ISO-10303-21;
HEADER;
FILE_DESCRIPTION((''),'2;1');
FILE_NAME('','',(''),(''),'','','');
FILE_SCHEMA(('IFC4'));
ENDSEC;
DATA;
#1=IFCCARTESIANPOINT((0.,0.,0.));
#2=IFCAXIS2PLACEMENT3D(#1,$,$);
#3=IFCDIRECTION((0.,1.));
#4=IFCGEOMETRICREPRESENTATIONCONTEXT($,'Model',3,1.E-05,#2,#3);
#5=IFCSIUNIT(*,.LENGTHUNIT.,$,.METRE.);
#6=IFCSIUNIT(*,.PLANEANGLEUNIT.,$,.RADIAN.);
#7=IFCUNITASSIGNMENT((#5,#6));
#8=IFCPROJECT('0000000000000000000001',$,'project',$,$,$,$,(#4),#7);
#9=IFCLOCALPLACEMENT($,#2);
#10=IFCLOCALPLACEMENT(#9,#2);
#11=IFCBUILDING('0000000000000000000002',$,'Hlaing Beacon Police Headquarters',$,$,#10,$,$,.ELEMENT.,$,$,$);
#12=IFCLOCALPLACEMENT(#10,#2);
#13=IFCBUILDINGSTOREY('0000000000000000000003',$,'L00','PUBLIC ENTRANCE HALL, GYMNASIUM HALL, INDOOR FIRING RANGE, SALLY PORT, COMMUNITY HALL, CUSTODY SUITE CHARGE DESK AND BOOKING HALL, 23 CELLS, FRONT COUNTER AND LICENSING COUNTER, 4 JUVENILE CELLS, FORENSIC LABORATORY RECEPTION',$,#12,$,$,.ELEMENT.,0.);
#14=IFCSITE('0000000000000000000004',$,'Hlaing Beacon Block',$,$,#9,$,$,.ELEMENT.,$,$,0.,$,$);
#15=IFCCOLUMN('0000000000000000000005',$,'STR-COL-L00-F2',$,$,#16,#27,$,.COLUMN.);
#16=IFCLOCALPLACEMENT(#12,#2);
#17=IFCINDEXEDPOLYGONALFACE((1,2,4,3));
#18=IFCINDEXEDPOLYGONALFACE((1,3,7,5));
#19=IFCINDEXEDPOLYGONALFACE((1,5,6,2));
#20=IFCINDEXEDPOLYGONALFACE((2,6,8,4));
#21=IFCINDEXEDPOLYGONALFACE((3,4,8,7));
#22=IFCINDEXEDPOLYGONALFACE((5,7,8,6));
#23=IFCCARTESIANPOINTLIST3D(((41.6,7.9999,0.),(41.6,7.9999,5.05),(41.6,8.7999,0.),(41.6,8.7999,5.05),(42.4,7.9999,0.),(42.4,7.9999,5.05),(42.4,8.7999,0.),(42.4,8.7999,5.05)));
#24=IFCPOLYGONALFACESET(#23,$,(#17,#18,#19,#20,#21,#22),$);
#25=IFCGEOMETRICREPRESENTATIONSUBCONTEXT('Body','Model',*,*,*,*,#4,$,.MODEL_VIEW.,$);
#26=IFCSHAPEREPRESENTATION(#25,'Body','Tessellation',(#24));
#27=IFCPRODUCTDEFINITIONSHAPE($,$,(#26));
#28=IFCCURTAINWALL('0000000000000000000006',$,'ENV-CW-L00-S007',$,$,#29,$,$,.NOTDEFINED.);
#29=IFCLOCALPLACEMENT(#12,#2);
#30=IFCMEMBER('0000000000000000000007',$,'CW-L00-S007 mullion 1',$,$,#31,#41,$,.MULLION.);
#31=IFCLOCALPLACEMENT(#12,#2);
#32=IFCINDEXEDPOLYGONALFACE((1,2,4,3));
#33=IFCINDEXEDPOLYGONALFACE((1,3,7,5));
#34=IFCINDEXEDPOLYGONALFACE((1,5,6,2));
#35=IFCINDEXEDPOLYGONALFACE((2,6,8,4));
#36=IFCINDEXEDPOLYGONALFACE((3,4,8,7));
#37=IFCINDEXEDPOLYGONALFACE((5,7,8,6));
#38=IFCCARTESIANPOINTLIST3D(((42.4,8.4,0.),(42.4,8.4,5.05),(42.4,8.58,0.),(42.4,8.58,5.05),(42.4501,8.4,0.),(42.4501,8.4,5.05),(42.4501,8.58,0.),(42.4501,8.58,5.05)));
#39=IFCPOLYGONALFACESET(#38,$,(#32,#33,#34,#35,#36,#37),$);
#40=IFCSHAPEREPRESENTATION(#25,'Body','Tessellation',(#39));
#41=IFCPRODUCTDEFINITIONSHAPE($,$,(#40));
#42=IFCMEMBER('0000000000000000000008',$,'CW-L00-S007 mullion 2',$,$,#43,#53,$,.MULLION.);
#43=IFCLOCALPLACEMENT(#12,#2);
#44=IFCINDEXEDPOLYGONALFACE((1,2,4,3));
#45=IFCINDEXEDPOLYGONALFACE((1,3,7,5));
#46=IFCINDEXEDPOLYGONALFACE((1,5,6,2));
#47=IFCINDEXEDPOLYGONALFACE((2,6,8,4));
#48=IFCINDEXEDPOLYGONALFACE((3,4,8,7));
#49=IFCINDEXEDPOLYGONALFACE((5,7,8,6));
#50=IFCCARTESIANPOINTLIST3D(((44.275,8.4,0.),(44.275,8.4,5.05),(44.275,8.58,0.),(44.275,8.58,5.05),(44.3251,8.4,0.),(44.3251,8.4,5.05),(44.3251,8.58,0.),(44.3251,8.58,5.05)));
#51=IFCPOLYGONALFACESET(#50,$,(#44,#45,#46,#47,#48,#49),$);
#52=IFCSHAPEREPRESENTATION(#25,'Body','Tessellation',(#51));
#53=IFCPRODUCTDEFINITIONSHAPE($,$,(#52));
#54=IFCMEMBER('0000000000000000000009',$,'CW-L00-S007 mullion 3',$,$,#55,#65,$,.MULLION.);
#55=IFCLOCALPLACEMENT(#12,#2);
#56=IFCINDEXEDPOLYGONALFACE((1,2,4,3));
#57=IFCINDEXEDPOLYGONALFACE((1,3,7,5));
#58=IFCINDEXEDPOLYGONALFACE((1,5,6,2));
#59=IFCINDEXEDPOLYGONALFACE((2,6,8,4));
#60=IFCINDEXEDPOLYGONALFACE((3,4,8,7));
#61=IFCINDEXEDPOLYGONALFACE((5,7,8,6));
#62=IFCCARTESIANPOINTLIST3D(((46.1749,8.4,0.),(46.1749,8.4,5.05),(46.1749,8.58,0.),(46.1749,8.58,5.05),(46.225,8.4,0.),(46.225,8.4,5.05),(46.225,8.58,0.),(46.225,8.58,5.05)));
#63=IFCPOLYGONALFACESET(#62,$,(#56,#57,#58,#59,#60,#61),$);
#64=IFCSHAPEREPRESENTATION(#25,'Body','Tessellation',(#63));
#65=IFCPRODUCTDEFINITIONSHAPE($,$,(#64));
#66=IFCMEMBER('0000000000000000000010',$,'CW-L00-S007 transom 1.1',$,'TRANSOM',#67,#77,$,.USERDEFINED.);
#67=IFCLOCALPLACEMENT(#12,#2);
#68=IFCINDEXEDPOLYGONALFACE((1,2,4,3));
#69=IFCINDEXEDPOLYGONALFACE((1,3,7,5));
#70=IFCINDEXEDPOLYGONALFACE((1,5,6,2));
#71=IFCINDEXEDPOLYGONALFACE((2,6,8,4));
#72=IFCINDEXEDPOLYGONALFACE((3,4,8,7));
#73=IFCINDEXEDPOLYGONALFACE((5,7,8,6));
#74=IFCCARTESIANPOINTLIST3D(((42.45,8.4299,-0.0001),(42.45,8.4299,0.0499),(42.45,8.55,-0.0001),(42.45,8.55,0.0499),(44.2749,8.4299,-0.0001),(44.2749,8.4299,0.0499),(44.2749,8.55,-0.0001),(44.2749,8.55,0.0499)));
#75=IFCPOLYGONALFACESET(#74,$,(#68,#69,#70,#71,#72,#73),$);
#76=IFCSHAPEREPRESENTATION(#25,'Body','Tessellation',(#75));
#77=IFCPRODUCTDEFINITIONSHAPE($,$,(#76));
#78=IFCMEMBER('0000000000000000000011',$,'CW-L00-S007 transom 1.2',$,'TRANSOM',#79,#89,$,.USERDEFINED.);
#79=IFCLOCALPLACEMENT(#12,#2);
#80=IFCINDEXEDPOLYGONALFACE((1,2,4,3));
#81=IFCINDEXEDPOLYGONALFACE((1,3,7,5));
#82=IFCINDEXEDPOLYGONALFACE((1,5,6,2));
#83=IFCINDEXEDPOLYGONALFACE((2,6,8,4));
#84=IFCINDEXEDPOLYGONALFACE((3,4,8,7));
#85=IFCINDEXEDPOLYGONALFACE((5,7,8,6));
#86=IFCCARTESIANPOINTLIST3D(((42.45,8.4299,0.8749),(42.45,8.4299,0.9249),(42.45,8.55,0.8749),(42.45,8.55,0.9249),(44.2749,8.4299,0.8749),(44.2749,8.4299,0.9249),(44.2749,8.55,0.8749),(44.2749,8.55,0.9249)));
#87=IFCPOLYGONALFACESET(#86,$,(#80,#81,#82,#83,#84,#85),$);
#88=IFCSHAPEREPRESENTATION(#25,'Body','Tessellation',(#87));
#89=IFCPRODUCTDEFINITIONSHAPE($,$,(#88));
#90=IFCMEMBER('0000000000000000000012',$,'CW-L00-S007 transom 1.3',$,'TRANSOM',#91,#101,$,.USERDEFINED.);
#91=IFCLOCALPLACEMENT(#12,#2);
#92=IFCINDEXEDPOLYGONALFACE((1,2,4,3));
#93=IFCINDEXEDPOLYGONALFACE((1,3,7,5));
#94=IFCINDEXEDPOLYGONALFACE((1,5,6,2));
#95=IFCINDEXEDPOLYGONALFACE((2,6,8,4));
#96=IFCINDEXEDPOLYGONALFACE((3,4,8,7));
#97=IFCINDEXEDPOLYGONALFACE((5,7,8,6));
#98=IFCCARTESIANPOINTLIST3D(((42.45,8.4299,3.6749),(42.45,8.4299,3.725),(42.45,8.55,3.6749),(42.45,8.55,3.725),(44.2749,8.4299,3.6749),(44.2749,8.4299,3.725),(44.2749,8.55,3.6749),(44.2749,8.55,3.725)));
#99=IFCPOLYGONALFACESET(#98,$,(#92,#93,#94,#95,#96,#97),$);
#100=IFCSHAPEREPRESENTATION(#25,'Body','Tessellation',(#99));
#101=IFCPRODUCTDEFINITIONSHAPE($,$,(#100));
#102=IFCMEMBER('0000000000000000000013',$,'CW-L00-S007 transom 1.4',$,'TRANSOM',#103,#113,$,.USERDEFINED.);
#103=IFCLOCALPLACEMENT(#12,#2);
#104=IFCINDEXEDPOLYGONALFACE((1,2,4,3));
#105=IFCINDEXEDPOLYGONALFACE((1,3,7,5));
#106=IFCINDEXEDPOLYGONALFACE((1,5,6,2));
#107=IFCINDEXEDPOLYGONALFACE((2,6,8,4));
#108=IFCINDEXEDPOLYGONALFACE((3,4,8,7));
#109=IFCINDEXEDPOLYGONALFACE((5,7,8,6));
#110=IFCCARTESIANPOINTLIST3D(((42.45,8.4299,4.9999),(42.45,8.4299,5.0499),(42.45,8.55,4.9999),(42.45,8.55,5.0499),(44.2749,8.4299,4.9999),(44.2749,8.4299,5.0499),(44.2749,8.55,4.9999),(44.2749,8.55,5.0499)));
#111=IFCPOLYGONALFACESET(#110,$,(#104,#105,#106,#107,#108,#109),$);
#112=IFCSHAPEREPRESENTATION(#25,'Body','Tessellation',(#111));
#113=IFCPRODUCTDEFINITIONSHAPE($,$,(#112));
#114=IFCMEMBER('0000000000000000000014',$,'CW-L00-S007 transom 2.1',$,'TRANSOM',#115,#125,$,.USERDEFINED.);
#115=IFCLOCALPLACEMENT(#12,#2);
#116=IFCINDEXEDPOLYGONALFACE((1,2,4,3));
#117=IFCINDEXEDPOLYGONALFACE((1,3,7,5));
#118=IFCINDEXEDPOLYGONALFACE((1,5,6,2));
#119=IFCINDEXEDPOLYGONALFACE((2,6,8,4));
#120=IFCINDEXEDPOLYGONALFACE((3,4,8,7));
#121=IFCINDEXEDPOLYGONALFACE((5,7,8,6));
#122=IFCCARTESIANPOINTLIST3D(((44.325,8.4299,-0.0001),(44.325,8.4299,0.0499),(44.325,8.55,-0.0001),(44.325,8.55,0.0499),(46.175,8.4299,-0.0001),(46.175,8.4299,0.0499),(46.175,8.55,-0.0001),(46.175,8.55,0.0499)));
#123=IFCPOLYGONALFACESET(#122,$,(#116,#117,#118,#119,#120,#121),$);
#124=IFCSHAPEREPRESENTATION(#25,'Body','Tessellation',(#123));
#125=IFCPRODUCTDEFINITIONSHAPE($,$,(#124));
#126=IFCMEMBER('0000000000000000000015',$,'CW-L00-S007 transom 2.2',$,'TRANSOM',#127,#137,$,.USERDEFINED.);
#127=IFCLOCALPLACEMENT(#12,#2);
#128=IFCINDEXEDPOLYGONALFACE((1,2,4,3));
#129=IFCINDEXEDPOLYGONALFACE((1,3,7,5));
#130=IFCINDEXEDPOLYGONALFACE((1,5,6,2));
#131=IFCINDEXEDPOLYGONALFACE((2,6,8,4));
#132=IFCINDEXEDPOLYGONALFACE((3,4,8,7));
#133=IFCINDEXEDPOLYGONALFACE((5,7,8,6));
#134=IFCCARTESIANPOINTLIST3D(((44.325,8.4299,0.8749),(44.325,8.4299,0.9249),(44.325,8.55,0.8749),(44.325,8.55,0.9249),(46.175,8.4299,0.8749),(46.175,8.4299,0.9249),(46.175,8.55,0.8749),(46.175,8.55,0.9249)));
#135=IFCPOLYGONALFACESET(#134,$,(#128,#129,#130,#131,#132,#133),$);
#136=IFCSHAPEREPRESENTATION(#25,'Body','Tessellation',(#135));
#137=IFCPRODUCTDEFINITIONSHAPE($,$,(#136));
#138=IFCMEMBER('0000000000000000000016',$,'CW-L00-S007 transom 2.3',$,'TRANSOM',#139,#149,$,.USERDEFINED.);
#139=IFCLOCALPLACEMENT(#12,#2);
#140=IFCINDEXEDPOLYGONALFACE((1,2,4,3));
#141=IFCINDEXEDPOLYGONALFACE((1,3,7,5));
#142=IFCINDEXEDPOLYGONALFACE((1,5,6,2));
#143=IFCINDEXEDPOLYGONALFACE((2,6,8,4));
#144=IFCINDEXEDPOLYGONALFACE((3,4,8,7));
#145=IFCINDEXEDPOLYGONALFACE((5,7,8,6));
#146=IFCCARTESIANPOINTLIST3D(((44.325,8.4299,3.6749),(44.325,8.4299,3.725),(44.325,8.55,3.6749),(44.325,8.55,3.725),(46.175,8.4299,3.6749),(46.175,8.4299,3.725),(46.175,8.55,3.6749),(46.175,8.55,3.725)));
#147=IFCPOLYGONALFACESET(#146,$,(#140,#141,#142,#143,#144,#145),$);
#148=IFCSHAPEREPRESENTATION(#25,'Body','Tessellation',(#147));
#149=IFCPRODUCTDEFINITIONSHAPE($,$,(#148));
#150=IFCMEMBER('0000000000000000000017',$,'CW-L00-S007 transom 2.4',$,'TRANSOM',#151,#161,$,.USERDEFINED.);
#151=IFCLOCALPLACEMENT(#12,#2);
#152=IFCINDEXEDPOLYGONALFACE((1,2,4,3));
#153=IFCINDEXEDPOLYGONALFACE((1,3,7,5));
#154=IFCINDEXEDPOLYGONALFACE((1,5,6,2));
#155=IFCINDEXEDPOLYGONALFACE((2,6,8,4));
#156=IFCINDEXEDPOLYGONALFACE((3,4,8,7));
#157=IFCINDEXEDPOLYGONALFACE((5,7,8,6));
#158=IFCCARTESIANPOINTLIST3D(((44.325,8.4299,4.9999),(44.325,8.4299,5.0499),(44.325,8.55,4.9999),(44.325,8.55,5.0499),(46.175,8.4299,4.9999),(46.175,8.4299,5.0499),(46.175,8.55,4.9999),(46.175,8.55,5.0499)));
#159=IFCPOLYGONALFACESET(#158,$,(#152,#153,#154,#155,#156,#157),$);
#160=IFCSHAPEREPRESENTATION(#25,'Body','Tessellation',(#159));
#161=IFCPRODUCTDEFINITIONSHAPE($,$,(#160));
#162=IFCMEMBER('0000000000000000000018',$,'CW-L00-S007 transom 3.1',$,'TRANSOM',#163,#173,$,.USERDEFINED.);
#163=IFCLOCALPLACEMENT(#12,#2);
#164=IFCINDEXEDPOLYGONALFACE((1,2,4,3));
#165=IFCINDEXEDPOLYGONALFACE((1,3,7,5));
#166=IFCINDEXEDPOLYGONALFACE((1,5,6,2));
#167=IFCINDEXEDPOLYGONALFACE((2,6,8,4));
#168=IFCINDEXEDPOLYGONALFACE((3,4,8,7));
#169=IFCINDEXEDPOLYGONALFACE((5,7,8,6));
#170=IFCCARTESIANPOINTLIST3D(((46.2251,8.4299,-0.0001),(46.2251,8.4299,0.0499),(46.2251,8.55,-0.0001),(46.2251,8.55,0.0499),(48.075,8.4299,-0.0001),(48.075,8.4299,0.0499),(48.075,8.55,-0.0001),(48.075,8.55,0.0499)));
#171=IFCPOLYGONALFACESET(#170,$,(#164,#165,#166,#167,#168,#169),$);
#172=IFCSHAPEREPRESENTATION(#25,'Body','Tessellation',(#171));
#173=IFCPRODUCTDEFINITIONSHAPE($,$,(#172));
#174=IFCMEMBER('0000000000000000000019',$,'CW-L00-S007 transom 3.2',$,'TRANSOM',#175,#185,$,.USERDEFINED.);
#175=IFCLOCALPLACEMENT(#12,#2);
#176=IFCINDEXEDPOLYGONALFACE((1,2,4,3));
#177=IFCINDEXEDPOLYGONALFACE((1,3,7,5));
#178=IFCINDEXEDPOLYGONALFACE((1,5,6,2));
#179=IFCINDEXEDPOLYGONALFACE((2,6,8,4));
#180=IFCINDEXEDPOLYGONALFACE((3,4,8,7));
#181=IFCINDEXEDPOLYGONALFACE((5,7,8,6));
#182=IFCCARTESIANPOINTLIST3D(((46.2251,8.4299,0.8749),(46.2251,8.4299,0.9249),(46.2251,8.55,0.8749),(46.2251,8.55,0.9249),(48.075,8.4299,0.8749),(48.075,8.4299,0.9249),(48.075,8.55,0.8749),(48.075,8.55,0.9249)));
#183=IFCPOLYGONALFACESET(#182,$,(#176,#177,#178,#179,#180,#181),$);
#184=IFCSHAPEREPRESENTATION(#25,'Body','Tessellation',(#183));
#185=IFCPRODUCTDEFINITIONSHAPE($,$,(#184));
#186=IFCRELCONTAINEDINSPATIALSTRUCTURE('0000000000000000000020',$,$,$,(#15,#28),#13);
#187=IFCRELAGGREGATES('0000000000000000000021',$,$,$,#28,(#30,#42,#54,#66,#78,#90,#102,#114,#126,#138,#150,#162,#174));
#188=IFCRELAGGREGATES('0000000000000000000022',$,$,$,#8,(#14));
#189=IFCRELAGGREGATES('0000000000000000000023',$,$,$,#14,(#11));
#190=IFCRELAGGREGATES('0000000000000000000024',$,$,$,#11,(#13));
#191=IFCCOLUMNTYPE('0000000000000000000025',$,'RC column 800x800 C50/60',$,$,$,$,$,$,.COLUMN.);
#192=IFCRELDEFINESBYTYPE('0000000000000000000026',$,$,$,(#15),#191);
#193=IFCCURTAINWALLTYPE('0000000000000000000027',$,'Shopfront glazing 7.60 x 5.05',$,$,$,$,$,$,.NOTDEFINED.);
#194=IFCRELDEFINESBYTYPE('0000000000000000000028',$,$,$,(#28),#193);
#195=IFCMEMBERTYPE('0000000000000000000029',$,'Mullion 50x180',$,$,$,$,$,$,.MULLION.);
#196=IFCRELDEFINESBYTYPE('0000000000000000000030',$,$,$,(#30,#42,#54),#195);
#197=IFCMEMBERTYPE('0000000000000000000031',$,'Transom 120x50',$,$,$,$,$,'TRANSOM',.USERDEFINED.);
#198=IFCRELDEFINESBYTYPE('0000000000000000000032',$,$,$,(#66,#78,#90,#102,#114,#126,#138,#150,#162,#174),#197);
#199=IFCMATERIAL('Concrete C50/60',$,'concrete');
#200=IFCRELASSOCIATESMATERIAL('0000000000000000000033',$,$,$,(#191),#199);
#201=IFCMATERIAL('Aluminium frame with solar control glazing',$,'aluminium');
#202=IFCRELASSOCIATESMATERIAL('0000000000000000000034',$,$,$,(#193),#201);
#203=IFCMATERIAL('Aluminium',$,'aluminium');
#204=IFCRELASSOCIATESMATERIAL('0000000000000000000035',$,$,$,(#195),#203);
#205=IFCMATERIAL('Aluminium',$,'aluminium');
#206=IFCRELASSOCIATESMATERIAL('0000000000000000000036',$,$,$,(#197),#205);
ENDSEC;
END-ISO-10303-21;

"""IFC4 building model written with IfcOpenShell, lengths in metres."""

from ifc_helpers import new_model, si_unit, direction, frame, origin, origin_2d, place, context, subcontext, project, spatial, rectangle, extrude, material, material_profile, profile_set, type_object, element, aggregate, save


model = new_model("IFC4")

# Units and contexts
model_context = context("Model", 3, precision=1e-05, world=origin(), true_north=direction((0.0, 1.0)))
body_context = subcontext(model_context, "Body", "Model", "MODEL_VIEW")
ifc_project = project(units=[si_unit("LENGTHUNIT", "METRE"), si_unit("PLANEANGLEUNIT", "RADIAN")], contexts=[model_context])

# Site, building, storey
site_placement = place(None, origin())
site = spatial("IfcSite", under=ifc_project, at=site_placement, Name="Hlaing Beacon Block", CompositionType="ELEMENT", RefElevation=0.0)
building_placement = place(site_placement, origin())
building = spatial("IfcBuilding", under=site, at=building_placement, Name="Hlaing Beacon Police Headquarters", CompositionType="ELEMENT")
storey_placement = place(building_placement, origin())
storey = spatial("IfcBuildingStorey", under=building, at=storey_placement, Name="L00", Description="PUBLIC ENTRANCE HALL, GYMNASIUM HALL, INDOOR FIRING RANGE, SALLY PORT, COMMUNITY HALL, CUSTODY SUITE CHARGE DESK AND BOOKING HALL, 23 CELLS, FRONT COUNTER AND LICENSING COUNTER, 4 JUVENILE CELLS, FORENSIC LABORATORY RECEPTION", CompositionType="ELEMENT", Elevation=0.0)

# Column
ifc_material_1 = material(Name="Concrete C50/60", Category="concrete")
ifc_material_profile_1 = material_profile(ifc_material_1, rectangle(XDim=0.8, YDim=0.8, at=origin_2d()), Name="800x800")
ifc_profile_set_1 = profile_set([ifc_material_profile_1], Name="Concrete C50/60")
column_type = type_object("IfcColumnType", Name="RC column 800x800 C50/60", PredefinedType="COLUMN", material=ifc_profile_set_1)
column_placement = place(storey_placement, frame((42.0, 8.3999, 0.0), z_axis=(0.0, 0.0, 1.0), x_axis=(1.0, 0.0, 0.0)))
element("IfcColumn", 1, at=column_placement, inside=storey, type_object=column_type, Name="STR-COL-L00-F2", PredefinedType="COLUMN", context=body_context, shape_type="SweptSolid", body=[
    extrude(rectangle(XDim=0.8, YDim=0.8, at=origin_2d()), origin(), (0.0, 0.0, 1.0), 5.05),
])

# Curtain wall, members
ifc_material_2 = material(Name="Aluminium frame with solar control glazing", Category="aluminium")
curtain_wall_type = type_object("IfcCurtainWallType", Name="Shopfront glazing 7.60 x 5.05", PredefinedType="NOTDEFINED", material=ifc_material_2)
curtain_wall_placement = place(storey_placement, origin())
curtain_wall = element("IfcCurtainWall", 2, at=curtain_wall_placement, inside=storey, type_object=curtain_wall_type, Name="ENV-CW-L00-S007", PredefinedType="NOTDEFINED")
ifc_material_3 = material(Name="Aluminium", Category="aluminium")
ifc_material_profile_2 = material_profile(ifc_material_3, rectangle(XDim=0.1799, YDim=0.05, at=origin_2d()), Name="Mullion 50x180")
ifc_profile_set_2 = profile_set([ifc_material_profile_2], Name="Aluminium")
member_type_1 = type_object("IfcMemberType", Name="Mullion 50x180", PredefinedType="MULLION", material=ifc_profile_set_2)
member_1_placement = place(storey_placement, frame((42.425, 8.49, 0.0), z_axis=(0.0, 0.0, 1.0), x_axis=(0.0, 1.0, 0.0)))
member_1 = element("IfcMember", 3, at=member_1_placement, type_object=member_type_1, Name="CW-L00-S007 mullion 1", PredefinedType="MULLION", context=body_context, shape_type="SweptSolid", body=[
    extrude(rectangle(XDim=0.1799, YDim=0.05, at=origin_2d()), origin(), (0.0, 0.0, 1.0), 5.05),
])
member_2_placement = place(storey_placement, frame((44.3, 8.49, 0.0), z_axis=(0.0, 0.0, 1.0), x_axis=(0.0, 1.0, 0.0)))
member_2 = element("IfcMember", 4, at=member_2_placement, type_object=member_type_1, Name="CW-L00-S007 mullion 2", PredefinedType="MULLION", context=body_context, shape_type="SweptSolid", body=[
    extrude(rectangle(XDim=0.1799, YDim=0.05, at=origin_2d()), origin(), (0.0, 0.0, 1.0), 5.05),
])
member_3_placement = place(storey_placement, frame((46.2, 8.49, 0.0), z_axis=(0.0, 0.0, 1.0), x_axis=(0.0, 1.0, 0.0)))
member_3 = element("IfcMember", 5, at=member_3_placement, type_object=member_type_1, Name="CW-L00-S007 mullion 3", PredefinedType="MULLION", context=body_context, shape_type="SweptSolid", body=[
    extrude(rectangle(XDim=0.1799, YDim=0.05, at=origin_2d()), origin(), (0.0, 0.0, 1.0), 5.05),
])
ifc_material_4 = material(Name="Aluminium", Category="aluminium")
ifc_material_profile_3 = material_profile(ifc_material_4, rectangle(XDim=0.1201, YDim=0.05, at=origin_2d()), Name="Transom 120x50")
ifc_profile_set_3 = profile_set([ifc_material_profile_3], Name="Aluminium")
member_type_2 = type_object("IfcMemberType", Name="Transom 120x50", ElementType="TRANSOM", PredefinedType="USERDEFINED", material=ifc_profile_set_3)
member_4_placement = place(storey_placement, frame((42.45, 8.49, 0.0249), z_axis=(1.0, 0.0, 0.0), x_axis=(0.0, 1.0, 0.0)))
member_4 = element("IfcMember", 6, at=member_4_placement, type_object=member_type_2, Name="CW-L00-S007 transom 1.1", ObjectType="TRANSOM", PredefinedType="USERDEFINED", context=body_context, shape_type="SweptSolid", body=[
    extrude(rectangle(XDim=0.1201, YDim=0.05, at=origin_2d()), origin(), (0.0, 0.0, 1.0), 1.825),
])
member_5_placement = place(storey_placement, frame((42.45, 8.49, 0.8999), z_axis=(1.0, 0.0, 0.0), x_axis=(0.0, 1.0, 0.0)))
member_5 = element("IfcMember", 7, at=member_5_placement, type_object=member_type_2, Name="CW-L00-S007 transom 1.2", ObjectType="TRANSOM", PredefinedType="USERDEFINED", context=body_context, shape_type="SweptSolid", body=[
    extrude(rectangle(XDim=0.1201, YDim=0.05, at=origin_2d()), origin(), (0.0, 0.0, 1.0), 1.825),
])
member_6_placement = place(storey_placement, frame((42.45, 8.49, 3.7), z_axis=(1.0, 0.0, 0.0), x_axis=(0.0, 1.0, 0.0)))
member_6 = element("IfcMember", 8, at=member_6_placement, type_object=member_type_2, Name="CW-L00-S007 transom 1.3", ObjectType="TRANSOM", PredefinedType="USERDEFINED", context=body_context, shape_type="SweptSolid", body=[
    extrude(rectangle(XDim=0.1201, YDim=0.05, at=origin_2d()), origin(), (0.0, 0.0, 1.0), 1.825),
])
member_7_placement = place(storey_placement, frame((42.45, 8.49, 5.0249), z_axis=(1.0, 0.0, 0.0), x_axis=(0.0, 1.0, 0.0)))
member_7 = element("IfcMember", 9, at=member_7_placement, type_object=member_type_2, Name="CW-L00-S007 transom 1.4", ObjectType="TRANSOM", PredefinedType="USERDEFINED", context=body_context, shape_type="SweptSolid", body=[
    extrude(rectangle(XDim=0.1201, YDim=0.05, at=origin_2d()), origin(), (0.0, 0.0, 1.0), 1.825),
])
member_8_placement = place(storey_placement, frame((44.325, 8.49, 0.0249), z_axis=(1.0, 0.0, 0.0), x_axis=(0.0, 1.0, 0.0)))
member_8 = element("IfcMember", 10, at=member_8_placement, type_object=member_type_2, Name="CW-L00-S007 transom 2.1", ObjectType="TRANSOM", PredefinedType="USERDEFINED", context=body_context, shape_type="SweptSolid", body=[
    extrude(rectangle(XDim=0.1201, YDim=0.05, at=origin_2d()), origin(), (0.0, 0.0, 1.0), 1.8501),
])
member_9_placement = place(storey_placement, frame((44.325, 8.49, 0.8999), z_axis=(1.0, 0.0, 0.0), x_axis=(0.0, 1.0, 0.0)))
member_9 = element("IfcMember", 11, at=member_9_placement, type_object=member_type_2, Name="CW-L00-S007 transom 2.2", ObjectType="TRANSOM", PredefinedType="USERDEFINED", context=body_context, shape_type="SweptSolid", body=[
    extrude(rectangle(XDim=0.1201, YDim=0.05, at=origin_2d()), origin(), (0.0, 0.0, 1.0), 1.8501),
])
member_10_placement = place(storey_placement, frame((44.325, 8.49, 3.7), z_axis=(1.0, 0.0, 0.0), x_axis=(0.0, 1.0, 0.0)))
member_10 = element("IfcMember", 12, at=member_10_placement, type_object=member_type_2, Name="CW-L00-S007 transom 2.3", ObjectType="TRANSOM", PredefinedType="USERDEFINED", context=body_context, shape_type="SweptSolid", body=[
    extrude(rectangle(XDim=0.1201, YDim=0.05, at=origin_2d()), origin(), (0.0, 0.0, 1.0), 1.8501),
])
member_11_placement = place(storey_placement, frame((44.325, 8.49, 5.0249), z_axis=(1.0, 0.0, 0.0), x_axis=(0.0, 1.0, 0.0)))
member_11 = element("IfcMember", 13, at=member_11_placement, type_object=member_type_2, Name="CW-L00-S007 transom 2.4", ObjectType="TRANSOM", PredefinedType="USERDEFINED", context=body_context, shape_type="SweptSolid", body=[
    extrude(rectangle(XDim=0.1201, YDim=0.05, at=origin_2d()), origin(), (0.0, 0.0, 1.0), 1.8501),
])
member_12_placement = place(storey_placement, frame((46.2251, 8.49, 0.0249), z_axis=(1.0, 0.0, 0.0), x_axis=(0.0, 1.0, 0.0)))
member_12 = element("IfcMember", 14, at=member_12_placement, type_object=member_type_2, Name="CW-L00-S007 transom 3.1", ObjectType="TRANSOM", PredefinedType="USERDEFINED", context=body_context, shape_type="SweptSolid", body=[
    extrude(rectangle(XDim=0.1201, YDim=0.05, at=origin_2d()), origin(), (0.0, 0.0, 1.0), 1.8499),
])
member_13_placement = place(storey_placement, frame((46.2251, 8.49, 0.8999), z_axis=(1.0, 0.0, 0.0), x_axis=(0.0, 1.0, 0.0)))
member_13 = element("IfcMember", 15, at=member_13_placement, type_object=member_type_2, Name="CW-L00-S007 transom 3.2", ObjectType="TRANSOM", PredefinedType="USERDEFINED", context=body_context, shape_type="SweptSolid", body=[
    extrude(rectangle(XDim=0.1201, YDim=0.05, at=origin_2d()), origin(), (0.0, 0.0, 1.0), 1.8499),
])
aggregate(curtain_wall, [member_1, member_2, member_3, member_4, member_5, member_6, member_7, member_8, member_9, member_10, member_11, member_12, member_13])

save(model, "model.ifc")
